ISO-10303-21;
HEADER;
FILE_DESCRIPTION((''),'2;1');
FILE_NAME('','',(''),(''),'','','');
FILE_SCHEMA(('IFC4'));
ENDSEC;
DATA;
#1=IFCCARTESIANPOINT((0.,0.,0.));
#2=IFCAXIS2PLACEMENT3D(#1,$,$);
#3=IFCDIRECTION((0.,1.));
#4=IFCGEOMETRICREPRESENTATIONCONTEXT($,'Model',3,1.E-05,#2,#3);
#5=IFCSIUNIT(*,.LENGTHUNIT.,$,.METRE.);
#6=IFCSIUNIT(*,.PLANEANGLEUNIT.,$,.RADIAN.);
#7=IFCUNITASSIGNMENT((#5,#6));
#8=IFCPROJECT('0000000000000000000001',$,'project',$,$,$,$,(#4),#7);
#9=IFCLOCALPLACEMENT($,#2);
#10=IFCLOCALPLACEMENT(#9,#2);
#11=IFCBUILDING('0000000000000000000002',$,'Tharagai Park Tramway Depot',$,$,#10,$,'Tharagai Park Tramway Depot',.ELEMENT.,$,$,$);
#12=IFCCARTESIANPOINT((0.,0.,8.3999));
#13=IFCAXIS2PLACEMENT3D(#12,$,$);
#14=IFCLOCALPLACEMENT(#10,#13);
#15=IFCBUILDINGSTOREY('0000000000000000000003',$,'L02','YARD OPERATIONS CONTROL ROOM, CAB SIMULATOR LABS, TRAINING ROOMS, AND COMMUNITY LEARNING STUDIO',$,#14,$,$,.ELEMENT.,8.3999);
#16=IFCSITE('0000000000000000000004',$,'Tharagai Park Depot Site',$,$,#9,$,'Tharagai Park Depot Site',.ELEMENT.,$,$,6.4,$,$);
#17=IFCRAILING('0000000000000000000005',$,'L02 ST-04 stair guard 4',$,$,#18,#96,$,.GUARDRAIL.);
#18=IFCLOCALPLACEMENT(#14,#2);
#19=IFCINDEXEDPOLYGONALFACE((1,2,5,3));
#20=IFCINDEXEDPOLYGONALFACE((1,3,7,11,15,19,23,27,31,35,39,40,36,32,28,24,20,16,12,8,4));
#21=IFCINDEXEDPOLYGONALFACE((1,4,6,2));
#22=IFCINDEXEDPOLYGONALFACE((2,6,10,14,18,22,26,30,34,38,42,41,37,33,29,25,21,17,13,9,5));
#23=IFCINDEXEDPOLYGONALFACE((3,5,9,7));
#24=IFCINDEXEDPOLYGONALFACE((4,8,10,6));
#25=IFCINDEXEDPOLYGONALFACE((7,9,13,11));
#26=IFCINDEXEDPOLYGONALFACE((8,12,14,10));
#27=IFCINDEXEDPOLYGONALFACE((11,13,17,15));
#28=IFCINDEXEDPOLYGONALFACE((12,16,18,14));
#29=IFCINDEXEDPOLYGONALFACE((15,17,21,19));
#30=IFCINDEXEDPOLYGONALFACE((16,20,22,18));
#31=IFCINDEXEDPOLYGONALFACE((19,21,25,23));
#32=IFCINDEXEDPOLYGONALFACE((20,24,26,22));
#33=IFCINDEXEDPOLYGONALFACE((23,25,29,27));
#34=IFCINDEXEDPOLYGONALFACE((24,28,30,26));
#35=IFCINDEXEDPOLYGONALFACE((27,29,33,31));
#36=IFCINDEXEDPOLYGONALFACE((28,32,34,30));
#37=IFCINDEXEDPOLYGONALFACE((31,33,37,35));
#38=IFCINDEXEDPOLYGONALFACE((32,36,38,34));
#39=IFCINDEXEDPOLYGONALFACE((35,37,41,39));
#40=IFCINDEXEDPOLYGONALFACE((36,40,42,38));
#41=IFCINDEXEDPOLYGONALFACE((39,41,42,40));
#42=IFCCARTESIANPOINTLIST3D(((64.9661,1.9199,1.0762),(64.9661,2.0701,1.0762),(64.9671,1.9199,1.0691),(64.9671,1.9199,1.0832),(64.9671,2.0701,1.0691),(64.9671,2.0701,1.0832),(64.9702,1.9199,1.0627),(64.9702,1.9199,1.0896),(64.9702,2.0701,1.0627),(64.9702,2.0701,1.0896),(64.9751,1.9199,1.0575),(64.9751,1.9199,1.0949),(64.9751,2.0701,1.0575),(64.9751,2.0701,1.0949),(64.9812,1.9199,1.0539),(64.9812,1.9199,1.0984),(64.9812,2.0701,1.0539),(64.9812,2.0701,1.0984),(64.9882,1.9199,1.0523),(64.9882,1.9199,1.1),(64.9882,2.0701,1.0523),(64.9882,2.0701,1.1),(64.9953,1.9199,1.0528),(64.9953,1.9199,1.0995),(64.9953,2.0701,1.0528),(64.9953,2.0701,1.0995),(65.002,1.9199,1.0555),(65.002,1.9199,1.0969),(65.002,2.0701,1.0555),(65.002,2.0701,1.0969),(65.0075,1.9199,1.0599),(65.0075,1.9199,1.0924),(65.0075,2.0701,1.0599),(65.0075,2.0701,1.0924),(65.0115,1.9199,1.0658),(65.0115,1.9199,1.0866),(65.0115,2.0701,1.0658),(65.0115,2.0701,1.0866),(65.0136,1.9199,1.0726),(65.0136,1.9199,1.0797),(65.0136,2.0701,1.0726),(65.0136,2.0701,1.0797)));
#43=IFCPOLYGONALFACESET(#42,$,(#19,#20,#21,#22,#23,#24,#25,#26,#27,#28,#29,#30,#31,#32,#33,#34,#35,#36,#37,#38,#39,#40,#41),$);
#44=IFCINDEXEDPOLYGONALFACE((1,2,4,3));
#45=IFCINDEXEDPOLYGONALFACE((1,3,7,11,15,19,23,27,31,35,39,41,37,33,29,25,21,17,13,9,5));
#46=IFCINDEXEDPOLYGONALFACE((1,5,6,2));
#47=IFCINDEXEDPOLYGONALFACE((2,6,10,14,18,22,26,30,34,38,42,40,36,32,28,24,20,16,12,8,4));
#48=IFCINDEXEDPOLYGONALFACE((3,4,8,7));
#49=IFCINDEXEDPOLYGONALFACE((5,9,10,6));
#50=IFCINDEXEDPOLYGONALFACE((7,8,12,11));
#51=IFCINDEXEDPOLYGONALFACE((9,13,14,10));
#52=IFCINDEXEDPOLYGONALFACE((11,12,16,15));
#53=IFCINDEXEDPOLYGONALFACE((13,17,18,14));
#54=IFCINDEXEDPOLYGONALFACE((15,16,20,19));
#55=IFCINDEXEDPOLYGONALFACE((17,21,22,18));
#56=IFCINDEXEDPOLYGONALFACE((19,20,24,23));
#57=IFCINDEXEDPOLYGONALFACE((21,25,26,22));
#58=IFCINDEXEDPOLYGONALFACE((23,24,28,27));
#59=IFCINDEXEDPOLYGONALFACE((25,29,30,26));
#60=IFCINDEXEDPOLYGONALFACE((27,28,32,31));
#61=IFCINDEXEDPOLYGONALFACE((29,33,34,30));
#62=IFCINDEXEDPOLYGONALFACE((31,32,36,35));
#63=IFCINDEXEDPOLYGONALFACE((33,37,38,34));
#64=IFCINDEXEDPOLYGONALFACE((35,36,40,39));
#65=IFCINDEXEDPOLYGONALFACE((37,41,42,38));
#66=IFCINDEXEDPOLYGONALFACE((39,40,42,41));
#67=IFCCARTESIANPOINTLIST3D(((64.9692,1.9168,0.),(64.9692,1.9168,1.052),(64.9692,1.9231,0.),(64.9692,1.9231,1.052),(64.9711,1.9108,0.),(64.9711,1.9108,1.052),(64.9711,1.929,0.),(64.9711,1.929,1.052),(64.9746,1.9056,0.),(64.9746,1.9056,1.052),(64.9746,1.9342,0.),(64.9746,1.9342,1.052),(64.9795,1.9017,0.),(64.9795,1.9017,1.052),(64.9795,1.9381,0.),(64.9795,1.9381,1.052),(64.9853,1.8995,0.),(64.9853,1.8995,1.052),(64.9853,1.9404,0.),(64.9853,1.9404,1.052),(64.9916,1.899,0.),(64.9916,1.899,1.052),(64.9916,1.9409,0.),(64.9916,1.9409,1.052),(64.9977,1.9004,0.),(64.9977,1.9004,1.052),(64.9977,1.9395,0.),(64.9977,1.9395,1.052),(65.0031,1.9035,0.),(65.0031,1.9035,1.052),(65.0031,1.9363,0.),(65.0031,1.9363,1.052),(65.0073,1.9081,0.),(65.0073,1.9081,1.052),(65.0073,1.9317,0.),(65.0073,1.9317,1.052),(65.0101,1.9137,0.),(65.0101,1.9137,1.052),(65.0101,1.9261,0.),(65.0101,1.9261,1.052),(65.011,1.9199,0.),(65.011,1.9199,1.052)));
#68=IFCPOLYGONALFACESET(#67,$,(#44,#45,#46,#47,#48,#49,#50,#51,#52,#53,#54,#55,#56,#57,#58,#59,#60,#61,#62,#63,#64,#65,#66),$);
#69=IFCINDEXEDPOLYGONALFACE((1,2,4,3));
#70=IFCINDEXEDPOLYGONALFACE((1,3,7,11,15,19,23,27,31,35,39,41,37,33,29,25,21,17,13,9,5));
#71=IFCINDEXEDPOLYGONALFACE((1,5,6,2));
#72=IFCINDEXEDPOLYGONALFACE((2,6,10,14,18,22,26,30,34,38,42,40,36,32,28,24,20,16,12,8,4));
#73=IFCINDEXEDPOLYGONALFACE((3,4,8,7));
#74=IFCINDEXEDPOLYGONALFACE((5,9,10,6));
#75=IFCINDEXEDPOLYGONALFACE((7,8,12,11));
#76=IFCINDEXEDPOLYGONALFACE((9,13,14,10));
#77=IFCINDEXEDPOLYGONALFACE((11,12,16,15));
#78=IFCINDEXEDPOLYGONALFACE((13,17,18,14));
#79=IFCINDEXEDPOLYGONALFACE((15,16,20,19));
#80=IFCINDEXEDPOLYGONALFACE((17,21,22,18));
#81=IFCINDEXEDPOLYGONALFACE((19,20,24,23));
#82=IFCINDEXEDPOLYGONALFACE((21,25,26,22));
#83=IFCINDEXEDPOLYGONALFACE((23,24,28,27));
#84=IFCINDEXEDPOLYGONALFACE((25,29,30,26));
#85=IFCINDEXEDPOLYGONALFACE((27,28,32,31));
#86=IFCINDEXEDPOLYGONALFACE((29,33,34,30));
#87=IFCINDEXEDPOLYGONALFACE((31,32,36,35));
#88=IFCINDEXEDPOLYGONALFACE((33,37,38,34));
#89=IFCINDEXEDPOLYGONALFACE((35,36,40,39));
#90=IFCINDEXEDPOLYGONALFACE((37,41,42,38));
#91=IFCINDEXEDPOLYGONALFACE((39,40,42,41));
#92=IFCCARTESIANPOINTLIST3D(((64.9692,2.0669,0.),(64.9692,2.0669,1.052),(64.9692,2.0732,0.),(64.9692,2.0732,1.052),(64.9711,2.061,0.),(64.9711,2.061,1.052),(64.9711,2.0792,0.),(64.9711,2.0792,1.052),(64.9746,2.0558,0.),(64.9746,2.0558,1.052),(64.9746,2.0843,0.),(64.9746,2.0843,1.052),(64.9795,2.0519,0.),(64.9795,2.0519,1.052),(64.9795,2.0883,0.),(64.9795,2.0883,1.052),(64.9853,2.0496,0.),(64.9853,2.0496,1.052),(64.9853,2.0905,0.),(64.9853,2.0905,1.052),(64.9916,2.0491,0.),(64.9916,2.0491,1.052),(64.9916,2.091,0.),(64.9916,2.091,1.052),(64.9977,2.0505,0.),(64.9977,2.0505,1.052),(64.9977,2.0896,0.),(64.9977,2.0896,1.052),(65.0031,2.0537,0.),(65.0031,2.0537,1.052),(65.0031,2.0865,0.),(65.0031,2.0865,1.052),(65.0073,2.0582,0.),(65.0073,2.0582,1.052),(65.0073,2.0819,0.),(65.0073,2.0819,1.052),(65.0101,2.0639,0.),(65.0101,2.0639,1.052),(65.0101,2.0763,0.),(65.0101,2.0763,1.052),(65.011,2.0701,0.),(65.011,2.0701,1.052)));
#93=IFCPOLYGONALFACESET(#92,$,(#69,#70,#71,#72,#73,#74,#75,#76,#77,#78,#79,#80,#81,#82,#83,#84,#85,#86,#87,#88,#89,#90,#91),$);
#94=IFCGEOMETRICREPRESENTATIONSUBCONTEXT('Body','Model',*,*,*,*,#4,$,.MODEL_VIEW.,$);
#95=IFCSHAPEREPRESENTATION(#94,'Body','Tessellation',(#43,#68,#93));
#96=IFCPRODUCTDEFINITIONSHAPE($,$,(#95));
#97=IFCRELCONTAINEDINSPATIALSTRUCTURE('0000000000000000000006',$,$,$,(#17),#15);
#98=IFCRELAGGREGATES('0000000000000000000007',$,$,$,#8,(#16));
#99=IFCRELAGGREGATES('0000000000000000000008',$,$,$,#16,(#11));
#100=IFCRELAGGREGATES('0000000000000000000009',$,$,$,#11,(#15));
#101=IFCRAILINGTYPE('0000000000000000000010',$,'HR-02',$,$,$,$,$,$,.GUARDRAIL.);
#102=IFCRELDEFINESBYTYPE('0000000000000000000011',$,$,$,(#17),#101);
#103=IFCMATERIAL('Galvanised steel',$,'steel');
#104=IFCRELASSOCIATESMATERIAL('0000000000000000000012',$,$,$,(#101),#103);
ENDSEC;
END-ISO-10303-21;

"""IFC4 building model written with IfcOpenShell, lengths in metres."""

from ifc_helpers import new_model, si_unit, direction, frame, origin, origin_2d, place, context, subcontext, project, spatial, circle, extrude, material, type_object, element, save


model = new_model("IFC4")

# Units and contexts
model_context = context("Model", 3, precision=1e-05, world=origin(), true_north=direction((0.0, 1.0)))
body_context = subcontext(model_context, "Body", "Model", "MODEL_VIEW")
ifc_project = project(units=[si_unit("LENGTHUNIT", "METRE"), si_unit("PLANEANGLEUNIT", "RADIAN")], contexts=[model_context])

# Site, building, storey
site_placement = place(None, origin())
site = spatial("IfcSite", under=ifc_project, at=site_placement, Name="Tharagai Park Depot Site", LongName="Tharagai Park Depot Site", CompositionType="ELEMENT", RefElevation=6.4)
building_placement = place(site_placement, origin())
building = spatial("IfcBuilding", under=site, at=building_placement, Name="Tharagai Park Tramway Depot", LongName="Tharagai Park Tramway Depot", CompositionType="ELEMENT")
storey_placement = place(building_placement, frame((0.0, 0.0, 8.3999)))
storey = spatial("IfcBuildingStorey", under=building, at=storey_placement, Name="L02", Description="YARD OPERATIONS CONTROL ROOM, CAB SIMULATOR LABS, TRAINING ROOMS, AND COMMUNITY LEARNING STUDIO", CompositionType="ELEMENT", Elevation=8.3999)

# Shared definitions
ifc_material_1 = material(Name="Galvanised steel", Category="steel")

# Railing
railing_type_1 = type_object("IfcRailingType", Name="HR-02", PredefinedType="GUARDRAIL", material=ifc_material_1)
railing_1_placement = place(storey_placement, frame((64.99, 1.9199, 0.0)))
element("IfcRailing", 1, at=railing_1_placement, inside=storey, type_object=railing_type_1, Name="L02 ST-04 stair guard 4", PredefinedType="GUARDRAIL", context=body_context, shape_type="SweptSolid", body=[
    extrude(circle(Radius=0.0239, at=origin_2d()), frame((0.0, 0.0, 1.0762), z_axis=(0.0, 1.0, 0.0), x_axis=(-1.0, 0.0, 0.0)), (0.0, 0.0, 1.0), 0.1501),
    extrude(circle(Radius=0.021, at=origin_2d()), origin(), (0.0, 0.0, 1.0), 1.052),
    extrude(circle(Radius=0.021, at=origin_2d()), frame((0.0, 0.1501, 0.0)), (0.0, 0.0, 1.0), 1.052),
])

save(model, "model.ifc")
